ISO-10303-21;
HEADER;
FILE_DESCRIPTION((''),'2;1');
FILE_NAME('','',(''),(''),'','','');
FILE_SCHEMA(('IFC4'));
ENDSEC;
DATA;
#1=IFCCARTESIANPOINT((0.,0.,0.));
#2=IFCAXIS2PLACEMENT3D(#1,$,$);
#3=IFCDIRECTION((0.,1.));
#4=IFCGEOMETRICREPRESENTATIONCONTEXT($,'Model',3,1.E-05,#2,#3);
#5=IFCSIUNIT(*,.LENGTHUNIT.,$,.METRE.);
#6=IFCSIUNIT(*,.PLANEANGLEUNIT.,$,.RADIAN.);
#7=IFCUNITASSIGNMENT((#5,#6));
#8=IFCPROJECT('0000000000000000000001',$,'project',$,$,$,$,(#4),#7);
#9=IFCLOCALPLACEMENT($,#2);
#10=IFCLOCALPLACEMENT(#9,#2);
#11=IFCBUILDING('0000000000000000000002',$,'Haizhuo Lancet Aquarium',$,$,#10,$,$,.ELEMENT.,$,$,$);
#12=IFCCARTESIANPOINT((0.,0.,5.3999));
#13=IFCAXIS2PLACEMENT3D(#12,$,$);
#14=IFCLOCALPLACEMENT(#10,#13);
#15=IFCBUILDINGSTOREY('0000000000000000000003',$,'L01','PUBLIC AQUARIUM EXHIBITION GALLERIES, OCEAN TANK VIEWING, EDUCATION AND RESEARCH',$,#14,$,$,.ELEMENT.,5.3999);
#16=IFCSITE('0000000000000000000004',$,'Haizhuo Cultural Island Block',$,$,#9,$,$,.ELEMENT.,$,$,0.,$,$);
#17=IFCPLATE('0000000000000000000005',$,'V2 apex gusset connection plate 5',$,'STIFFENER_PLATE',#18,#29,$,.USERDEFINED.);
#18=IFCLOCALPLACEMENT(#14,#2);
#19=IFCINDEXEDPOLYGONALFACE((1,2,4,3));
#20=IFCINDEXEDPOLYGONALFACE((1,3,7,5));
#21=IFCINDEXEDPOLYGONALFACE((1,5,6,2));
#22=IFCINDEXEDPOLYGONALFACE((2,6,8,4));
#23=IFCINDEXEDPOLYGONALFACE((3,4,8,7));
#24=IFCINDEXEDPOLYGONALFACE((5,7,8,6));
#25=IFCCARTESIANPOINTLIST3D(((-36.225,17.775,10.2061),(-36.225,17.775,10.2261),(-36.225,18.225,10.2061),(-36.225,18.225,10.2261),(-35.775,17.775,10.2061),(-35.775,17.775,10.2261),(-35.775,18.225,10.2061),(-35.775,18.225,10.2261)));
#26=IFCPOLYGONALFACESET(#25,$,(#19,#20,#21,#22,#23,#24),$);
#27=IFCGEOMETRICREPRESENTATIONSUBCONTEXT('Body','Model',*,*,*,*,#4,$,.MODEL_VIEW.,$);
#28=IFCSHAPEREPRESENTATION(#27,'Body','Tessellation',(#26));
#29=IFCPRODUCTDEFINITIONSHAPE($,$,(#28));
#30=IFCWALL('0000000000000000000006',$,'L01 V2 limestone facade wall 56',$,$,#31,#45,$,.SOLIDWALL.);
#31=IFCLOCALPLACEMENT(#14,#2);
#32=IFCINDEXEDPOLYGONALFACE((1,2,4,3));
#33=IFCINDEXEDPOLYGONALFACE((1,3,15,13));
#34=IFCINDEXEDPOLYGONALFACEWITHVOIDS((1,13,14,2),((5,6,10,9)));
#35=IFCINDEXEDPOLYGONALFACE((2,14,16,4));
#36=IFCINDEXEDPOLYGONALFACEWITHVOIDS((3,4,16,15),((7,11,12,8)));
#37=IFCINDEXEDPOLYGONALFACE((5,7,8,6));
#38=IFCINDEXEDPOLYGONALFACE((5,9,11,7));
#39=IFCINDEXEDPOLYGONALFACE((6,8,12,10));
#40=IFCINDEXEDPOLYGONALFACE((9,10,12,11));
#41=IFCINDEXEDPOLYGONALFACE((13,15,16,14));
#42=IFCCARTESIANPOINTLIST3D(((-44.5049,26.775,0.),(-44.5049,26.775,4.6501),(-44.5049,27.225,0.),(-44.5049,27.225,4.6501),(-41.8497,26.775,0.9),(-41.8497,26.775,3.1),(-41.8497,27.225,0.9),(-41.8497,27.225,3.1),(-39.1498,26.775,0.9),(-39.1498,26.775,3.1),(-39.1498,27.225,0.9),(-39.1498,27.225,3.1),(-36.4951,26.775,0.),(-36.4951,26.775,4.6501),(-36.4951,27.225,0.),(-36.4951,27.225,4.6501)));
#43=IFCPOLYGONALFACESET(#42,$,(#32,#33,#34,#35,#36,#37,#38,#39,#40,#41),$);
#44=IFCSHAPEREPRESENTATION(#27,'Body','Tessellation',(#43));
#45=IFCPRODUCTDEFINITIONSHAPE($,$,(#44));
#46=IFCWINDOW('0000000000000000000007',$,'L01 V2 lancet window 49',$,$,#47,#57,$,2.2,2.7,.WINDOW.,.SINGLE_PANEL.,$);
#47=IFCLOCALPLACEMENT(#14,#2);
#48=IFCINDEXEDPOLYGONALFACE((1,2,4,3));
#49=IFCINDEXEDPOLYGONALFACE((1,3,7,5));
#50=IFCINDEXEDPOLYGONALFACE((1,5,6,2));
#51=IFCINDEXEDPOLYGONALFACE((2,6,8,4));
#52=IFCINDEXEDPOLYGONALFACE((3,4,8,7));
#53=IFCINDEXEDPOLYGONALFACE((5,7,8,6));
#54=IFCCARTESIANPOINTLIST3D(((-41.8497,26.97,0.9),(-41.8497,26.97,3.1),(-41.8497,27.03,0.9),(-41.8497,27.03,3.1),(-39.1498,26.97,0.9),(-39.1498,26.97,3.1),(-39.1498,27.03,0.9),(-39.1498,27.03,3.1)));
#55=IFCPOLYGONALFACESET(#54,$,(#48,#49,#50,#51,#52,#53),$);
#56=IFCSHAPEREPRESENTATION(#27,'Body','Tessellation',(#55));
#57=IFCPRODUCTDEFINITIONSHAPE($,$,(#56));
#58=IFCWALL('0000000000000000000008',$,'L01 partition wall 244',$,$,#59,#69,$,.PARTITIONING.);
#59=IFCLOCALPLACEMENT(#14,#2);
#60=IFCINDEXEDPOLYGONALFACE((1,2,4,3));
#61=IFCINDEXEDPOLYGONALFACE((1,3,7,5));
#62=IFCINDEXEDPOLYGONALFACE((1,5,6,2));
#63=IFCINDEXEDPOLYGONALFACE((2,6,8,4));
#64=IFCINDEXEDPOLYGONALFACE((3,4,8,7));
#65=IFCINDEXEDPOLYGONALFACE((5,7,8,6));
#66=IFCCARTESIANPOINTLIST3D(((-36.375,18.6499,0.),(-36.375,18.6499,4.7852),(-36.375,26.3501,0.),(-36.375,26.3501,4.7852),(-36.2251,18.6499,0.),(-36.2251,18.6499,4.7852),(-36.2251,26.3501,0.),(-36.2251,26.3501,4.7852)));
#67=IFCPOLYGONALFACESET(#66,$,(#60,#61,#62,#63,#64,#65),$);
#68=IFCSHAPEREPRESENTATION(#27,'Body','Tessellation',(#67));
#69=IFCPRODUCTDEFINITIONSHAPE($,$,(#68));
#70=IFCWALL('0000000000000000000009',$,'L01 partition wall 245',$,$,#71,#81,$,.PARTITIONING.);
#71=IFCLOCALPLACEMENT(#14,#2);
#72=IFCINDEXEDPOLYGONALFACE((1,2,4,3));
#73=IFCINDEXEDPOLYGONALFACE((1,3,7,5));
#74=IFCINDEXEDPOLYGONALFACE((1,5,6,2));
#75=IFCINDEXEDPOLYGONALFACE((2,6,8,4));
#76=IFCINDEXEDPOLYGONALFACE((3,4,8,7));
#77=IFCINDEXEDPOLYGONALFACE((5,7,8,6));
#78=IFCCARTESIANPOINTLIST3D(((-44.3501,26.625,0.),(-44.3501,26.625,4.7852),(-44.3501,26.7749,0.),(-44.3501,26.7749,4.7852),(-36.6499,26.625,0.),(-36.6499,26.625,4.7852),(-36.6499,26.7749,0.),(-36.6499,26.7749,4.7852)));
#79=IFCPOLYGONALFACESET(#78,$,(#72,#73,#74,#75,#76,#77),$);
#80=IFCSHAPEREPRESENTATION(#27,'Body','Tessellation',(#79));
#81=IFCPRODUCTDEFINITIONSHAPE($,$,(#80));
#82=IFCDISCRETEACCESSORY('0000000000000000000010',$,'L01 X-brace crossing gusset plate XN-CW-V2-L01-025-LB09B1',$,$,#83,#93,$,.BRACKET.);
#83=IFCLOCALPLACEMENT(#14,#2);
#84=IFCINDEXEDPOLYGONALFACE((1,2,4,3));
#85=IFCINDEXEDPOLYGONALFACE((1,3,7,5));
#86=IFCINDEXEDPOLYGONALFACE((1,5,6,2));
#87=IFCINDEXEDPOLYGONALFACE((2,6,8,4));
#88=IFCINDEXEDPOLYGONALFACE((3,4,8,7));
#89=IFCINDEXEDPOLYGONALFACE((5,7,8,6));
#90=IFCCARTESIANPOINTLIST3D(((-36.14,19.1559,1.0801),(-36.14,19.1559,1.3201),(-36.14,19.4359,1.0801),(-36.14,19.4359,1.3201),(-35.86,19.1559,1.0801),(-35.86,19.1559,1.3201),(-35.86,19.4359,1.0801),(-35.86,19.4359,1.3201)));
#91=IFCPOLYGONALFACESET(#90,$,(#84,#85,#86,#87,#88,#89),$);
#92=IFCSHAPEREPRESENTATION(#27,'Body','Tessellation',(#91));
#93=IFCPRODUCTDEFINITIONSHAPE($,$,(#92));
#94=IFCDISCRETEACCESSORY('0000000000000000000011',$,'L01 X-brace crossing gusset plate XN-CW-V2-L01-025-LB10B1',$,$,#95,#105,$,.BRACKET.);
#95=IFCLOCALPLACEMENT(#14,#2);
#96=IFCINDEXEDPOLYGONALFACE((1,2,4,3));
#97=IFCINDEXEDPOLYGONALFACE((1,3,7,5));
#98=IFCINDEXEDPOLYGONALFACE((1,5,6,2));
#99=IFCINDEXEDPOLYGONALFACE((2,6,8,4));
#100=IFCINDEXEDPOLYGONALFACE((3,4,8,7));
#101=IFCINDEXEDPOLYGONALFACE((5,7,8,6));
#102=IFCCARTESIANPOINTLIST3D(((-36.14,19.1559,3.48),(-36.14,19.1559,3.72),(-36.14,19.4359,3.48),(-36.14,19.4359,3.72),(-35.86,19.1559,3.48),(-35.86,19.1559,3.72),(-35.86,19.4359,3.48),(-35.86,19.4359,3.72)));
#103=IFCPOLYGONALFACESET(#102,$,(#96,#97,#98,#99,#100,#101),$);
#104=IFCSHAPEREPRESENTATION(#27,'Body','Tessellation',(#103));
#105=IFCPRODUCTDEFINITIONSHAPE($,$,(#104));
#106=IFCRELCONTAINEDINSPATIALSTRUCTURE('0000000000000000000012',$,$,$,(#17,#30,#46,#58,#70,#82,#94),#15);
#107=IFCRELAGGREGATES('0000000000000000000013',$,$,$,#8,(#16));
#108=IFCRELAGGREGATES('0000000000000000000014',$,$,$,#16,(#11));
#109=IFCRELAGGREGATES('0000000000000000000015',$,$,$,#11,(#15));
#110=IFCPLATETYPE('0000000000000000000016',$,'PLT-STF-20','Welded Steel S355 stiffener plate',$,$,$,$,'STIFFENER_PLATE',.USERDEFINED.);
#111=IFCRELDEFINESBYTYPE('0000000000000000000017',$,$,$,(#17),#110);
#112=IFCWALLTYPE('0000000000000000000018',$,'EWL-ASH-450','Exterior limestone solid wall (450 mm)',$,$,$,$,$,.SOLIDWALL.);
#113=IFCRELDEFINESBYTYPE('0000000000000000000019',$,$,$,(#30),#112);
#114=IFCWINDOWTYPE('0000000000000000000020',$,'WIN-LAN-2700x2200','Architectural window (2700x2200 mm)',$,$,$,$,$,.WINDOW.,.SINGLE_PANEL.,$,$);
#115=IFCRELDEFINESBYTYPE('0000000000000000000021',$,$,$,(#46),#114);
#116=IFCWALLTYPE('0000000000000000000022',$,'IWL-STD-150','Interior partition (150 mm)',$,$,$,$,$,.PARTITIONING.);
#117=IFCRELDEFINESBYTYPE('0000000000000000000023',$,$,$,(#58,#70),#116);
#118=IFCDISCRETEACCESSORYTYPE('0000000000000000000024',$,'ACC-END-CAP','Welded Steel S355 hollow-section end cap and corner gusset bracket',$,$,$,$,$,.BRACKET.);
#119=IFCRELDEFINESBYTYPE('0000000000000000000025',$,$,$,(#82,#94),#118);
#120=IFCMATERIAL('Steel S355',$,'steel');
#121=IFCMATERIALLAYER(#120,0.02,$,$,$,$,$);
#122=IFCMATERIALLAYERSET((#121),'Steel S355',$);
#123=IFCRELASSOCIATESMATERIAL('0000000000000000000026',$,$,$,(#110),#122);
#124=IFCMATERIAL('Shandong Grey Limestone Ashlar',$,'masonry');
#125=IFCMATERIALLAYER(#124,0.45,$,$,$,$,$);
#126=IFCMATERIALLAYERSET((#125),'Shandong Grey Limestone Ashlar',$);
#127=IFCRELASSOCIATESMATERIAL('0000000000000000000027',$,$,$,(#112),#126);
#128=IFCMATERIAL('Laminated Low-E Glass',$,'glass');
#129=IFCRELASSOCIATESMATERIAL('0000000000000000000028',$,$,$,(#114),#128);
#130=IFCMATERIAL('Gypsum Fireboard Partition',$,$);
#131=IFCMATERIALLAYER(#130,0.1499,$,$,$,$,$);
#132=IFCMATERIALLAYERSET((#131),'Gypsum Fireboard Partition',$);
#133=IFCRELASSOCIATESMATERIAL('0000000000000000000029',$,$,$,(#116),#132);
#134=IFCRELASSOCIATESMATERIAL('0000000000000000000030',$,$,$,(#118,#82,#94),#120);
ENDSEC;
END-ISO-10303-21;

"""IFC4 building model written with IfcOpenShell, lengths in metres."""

from ifc_helpers import new_model, si_unit, direction, frame, frame_2d, origin, origin_2d, place, context, subcontext, project, spatial, rectangle, extrude, material, layer, layer_set, type_object, element, fill, save


model = new_model("IFC4")

# Units and contexts
model_context = context("Model", 3, precision=1e-05, world=origin(), true_north=direction((0.0, 1.0)))
body_context = subcontext(model_context, "Body", "Model", "MODEL_VIEW")
ifc_project = project(units=[si_unit("LENGTHUNIT", "METRE"), si_unit("PLANEANGLEUNIT", "RADIAN")], contexts=[model_context])

# Site, building, storey
site_placement = place(None, origin())
site = spatial("IfcSite", under=ifc_project, at=site_placement, Name="Haizhuo Cultural Island Block", CompositionType="ELEMENT", RefElevation=0.0)
building_placement = place(site_placement, origin())
building = spatial("IfcBuilding", under=site, at=building_placement, Name="Haizhuo Lancet Aquarium", CompositionType="ELEMENT")
storey_placement = place(building_placement, frame((0.0, 0.0, 5.3999)))
storey = spatial("IfcBuildingStorey", under=building, at=storey_placement, Name="L01", Description="PUBLIC AQUARIUM EXHIBITION GALLERIES, OCEAN TANK VIEWING, EDUCATION AND RESEARCH", CompositionType="ELEMENT", Elevation=5.3999)

# Shared definitions
ifc_material_1 = material(Name="Steel S355", Category="steel")

# Plate
ifc_material_2 = material(Name="Laminated Low-E Glass", Category="glass")
ifc_layer_1 = layer(ifc_material_1, 0.02)
ifc_layer_set_1 = layer_set([ifc_layer_1], Name="Steel S355")
plate_type_1 = type_object("IfcPlateType", Name="PLT-STF-20", Description="Welded Steel S355 stiffener plate", ElementType="STIFFENER_PLATE", PredefinedType="USERDEFINED", material=ifc_layer_set_1)
plate_1_placement = place(storey_placement, frame((-36.0, 18.0, 10.2061), z_axis=(0.0, 0.0, 1.0), x_axis=(1.0, 0.0, 0.0)))
element("IfcPlate", 1, at=plate_1_placement, inside=storey, type_object=plate_type_1, Name="V2 apex gusset connection plate 5", ObjectType="STIFFENER_PLATE", PredefinedType="USERDEFINED", context=body_context, shape_type="SweptSolid", body=[
    extrude(rectangle(XDim=0.45, YDim=0.45, at=origin_2d()), origin(), (0.0, 0.0, 1.0), 0.02),
])

# Wall, opening, window
ifc_material_3 = material(Name="Shandong Grey Limestone Ashlar", Category="masonry")
ifc_layer_2 = layer(ifc_material_3, 0.45)
ifc_layer_set_2 = layer_set([ifc_layer_2], Name="Shandong Grey Limestone Ashlar")
wall_type_1 = type_object("IfcWallType", Name="EWL-ASH-450", Description="Exterior limestone solid wall (450 mm)", PredefinedType="SOLIDWALL", material=ifc_layer_set_2)
wall_placement = place(storey_placement, frame((-44.5049, 27.0, 0.0), z_axis=(0.0, 0.0, 1.0), x_axis=(1.0, 0.0, 0.0)))
wall = element("IfcWall", 2, at=wall_placement, inside=storey, type_object=wall_type_1, Name="L01 V2 limestone facade wall 56", PredefinedType="SOLIDWALL", context=body_context, shape_type="SweptSolid", body=[
    extrude(rectangle(XDim=8.0098, YDim=0.45, at=frame_2d((4.0049, 0.0))), origin(), (0.0, 0.0, 1.0), 4.6501),
])
opening_placement = place(wall_placement, frame((2.655, 0.0, 0.8999)))
opening = element("IfcOpeningElement", 3, at=opening_placement, cuts=wall, PredefinedType="OPENING", context=body_context, shape_type="SweptSolid", body=[
    extrude(rectangle(XDim=2.7, YDim=2.2, at=frame_2d((1.3501, 1.1001))), frame((0.0, 0.2349, 0.0), z_axis=(0.0, -1.0, 0.0), x_axis=(1.0, 0.0, 0.0)), (0.0, 0.0, 1.0), 0.47),
])
window_type = type_object("IfcWindowType", Name="WIN-LAN-2700x2200", Description="Architectural window (2700x2200 mm)", PartitioningType="SINGLE_PANEL", PredefinedType="WINDOW", material=ifc_material_2)
window_placement = place(opening_placement, origin())
window = element("IfcWindow", 4, at=window_placement, inside=storey, type_object=window_type, Name="L01 V2 lancet window 49", OverallHeight=2.2, OverallWidth=2.7, PartitioningType="SINGLE_PANEL", PredefinedType="WINDOW", context=body_context, shape_type="SweptSolid", body=[
    extrude(rectangle(XDim=2.7, YDim=2.2, at=frame_2d((1.3501, 1.1001))), frame((0.0, 0.03, 0.0), z_axis=(0.0, -1.0, 0.0), x_axis=(1.0, 0.0, 0.0)), (0.0, 0.0, 1.0), 0.0601),
])
fill(opening, window)

# Walls
ifc_material_4 = material(Name="Gypsum Fireboard Partition")
ifc_layer_3 = layer(ifc_material_4, 0.1499)
ifc_layer_set_3 = layer_set([ifc_layer_3], Name="Gypsum Fireboard Partition")
wall_type_2 = type_object("IfcWallType", Name="IWL-STD-150", Description="Interior partition (150 mm)", PredefinedType="PARTITIONING", material=ifc_layer_set_3)
for number, where, z_axis, x_axis, name in (
    (5, (-36.3, 18.6499, 0.0), (0.0, 0.0, 1.0), (0.0, 1.0, 0.0), "L01 partition wall 244"),
    (6, (-36.6499, 26.7, 0.0), (0.0, 0.0, 1.0), (-1.0, 0.0, 0.0), "L01 partition wall 245"),
):
    element("IfcWall", number, at=place(storey_placement, frame(where, z_axis=z_axis, x_axis=x_axis)), inside=storey, type_object=wall_type_2, Name=name, PredefinedType="PARTITIONING", context=body_context, shape_type="SweptSolid", body=[
        extrude(rectangle(XDim=7.7002, YDim=0.1499, at=frame_2d((3.8501, 0.0))), origin(), (0.0, 0.0, 1.0), 4.7852),
    ])

# Discrete accessories
discrete_accessory_type = type_object("IfcDiscreteAccessoryType", Name="ACC-END-CAP", Description="Welded Steel S355 hollow-section end cap and corner gusset bracket", PredefinedType="BRACKET", material=ifc_material_1)
for number, where, z_axis, x_axis, name in (
    (7, (-36.0, 19.2959, 1.0801), (0.0, 0.0, 1.0), (1.0, 0.0, 0.0), "L01 X-brace crossing gusset plate XN-CW-V2-L01-025-LB09B1"),
    (8, (-36.0, 19.2959, 3.48), (0.0, 0.0, 1.0), (1.0, 0.0, 0.0), "L01 X-brace crossing gusset plate XN-CW-V2-L01-025-LB10B1"),
):
    element("IfcDiscreteAccessory", number, at=place(storey_placement, frame(where, z_axis=z_axis, x_axis=x_axis)), inside=storey, type_object=discrete_accessory_type, material=ifc_material_1, Name=name, PredefinedType="BRACKET", context=body_context, shape_type="SweptSolid", body=[
        extrude(rectangle(XDim=0.28, YDim=0.28, at=origin_2d()), origin(), (0.0, 0.0, 1.0), 0.24),
    ])

save(model, "model.ifc")
